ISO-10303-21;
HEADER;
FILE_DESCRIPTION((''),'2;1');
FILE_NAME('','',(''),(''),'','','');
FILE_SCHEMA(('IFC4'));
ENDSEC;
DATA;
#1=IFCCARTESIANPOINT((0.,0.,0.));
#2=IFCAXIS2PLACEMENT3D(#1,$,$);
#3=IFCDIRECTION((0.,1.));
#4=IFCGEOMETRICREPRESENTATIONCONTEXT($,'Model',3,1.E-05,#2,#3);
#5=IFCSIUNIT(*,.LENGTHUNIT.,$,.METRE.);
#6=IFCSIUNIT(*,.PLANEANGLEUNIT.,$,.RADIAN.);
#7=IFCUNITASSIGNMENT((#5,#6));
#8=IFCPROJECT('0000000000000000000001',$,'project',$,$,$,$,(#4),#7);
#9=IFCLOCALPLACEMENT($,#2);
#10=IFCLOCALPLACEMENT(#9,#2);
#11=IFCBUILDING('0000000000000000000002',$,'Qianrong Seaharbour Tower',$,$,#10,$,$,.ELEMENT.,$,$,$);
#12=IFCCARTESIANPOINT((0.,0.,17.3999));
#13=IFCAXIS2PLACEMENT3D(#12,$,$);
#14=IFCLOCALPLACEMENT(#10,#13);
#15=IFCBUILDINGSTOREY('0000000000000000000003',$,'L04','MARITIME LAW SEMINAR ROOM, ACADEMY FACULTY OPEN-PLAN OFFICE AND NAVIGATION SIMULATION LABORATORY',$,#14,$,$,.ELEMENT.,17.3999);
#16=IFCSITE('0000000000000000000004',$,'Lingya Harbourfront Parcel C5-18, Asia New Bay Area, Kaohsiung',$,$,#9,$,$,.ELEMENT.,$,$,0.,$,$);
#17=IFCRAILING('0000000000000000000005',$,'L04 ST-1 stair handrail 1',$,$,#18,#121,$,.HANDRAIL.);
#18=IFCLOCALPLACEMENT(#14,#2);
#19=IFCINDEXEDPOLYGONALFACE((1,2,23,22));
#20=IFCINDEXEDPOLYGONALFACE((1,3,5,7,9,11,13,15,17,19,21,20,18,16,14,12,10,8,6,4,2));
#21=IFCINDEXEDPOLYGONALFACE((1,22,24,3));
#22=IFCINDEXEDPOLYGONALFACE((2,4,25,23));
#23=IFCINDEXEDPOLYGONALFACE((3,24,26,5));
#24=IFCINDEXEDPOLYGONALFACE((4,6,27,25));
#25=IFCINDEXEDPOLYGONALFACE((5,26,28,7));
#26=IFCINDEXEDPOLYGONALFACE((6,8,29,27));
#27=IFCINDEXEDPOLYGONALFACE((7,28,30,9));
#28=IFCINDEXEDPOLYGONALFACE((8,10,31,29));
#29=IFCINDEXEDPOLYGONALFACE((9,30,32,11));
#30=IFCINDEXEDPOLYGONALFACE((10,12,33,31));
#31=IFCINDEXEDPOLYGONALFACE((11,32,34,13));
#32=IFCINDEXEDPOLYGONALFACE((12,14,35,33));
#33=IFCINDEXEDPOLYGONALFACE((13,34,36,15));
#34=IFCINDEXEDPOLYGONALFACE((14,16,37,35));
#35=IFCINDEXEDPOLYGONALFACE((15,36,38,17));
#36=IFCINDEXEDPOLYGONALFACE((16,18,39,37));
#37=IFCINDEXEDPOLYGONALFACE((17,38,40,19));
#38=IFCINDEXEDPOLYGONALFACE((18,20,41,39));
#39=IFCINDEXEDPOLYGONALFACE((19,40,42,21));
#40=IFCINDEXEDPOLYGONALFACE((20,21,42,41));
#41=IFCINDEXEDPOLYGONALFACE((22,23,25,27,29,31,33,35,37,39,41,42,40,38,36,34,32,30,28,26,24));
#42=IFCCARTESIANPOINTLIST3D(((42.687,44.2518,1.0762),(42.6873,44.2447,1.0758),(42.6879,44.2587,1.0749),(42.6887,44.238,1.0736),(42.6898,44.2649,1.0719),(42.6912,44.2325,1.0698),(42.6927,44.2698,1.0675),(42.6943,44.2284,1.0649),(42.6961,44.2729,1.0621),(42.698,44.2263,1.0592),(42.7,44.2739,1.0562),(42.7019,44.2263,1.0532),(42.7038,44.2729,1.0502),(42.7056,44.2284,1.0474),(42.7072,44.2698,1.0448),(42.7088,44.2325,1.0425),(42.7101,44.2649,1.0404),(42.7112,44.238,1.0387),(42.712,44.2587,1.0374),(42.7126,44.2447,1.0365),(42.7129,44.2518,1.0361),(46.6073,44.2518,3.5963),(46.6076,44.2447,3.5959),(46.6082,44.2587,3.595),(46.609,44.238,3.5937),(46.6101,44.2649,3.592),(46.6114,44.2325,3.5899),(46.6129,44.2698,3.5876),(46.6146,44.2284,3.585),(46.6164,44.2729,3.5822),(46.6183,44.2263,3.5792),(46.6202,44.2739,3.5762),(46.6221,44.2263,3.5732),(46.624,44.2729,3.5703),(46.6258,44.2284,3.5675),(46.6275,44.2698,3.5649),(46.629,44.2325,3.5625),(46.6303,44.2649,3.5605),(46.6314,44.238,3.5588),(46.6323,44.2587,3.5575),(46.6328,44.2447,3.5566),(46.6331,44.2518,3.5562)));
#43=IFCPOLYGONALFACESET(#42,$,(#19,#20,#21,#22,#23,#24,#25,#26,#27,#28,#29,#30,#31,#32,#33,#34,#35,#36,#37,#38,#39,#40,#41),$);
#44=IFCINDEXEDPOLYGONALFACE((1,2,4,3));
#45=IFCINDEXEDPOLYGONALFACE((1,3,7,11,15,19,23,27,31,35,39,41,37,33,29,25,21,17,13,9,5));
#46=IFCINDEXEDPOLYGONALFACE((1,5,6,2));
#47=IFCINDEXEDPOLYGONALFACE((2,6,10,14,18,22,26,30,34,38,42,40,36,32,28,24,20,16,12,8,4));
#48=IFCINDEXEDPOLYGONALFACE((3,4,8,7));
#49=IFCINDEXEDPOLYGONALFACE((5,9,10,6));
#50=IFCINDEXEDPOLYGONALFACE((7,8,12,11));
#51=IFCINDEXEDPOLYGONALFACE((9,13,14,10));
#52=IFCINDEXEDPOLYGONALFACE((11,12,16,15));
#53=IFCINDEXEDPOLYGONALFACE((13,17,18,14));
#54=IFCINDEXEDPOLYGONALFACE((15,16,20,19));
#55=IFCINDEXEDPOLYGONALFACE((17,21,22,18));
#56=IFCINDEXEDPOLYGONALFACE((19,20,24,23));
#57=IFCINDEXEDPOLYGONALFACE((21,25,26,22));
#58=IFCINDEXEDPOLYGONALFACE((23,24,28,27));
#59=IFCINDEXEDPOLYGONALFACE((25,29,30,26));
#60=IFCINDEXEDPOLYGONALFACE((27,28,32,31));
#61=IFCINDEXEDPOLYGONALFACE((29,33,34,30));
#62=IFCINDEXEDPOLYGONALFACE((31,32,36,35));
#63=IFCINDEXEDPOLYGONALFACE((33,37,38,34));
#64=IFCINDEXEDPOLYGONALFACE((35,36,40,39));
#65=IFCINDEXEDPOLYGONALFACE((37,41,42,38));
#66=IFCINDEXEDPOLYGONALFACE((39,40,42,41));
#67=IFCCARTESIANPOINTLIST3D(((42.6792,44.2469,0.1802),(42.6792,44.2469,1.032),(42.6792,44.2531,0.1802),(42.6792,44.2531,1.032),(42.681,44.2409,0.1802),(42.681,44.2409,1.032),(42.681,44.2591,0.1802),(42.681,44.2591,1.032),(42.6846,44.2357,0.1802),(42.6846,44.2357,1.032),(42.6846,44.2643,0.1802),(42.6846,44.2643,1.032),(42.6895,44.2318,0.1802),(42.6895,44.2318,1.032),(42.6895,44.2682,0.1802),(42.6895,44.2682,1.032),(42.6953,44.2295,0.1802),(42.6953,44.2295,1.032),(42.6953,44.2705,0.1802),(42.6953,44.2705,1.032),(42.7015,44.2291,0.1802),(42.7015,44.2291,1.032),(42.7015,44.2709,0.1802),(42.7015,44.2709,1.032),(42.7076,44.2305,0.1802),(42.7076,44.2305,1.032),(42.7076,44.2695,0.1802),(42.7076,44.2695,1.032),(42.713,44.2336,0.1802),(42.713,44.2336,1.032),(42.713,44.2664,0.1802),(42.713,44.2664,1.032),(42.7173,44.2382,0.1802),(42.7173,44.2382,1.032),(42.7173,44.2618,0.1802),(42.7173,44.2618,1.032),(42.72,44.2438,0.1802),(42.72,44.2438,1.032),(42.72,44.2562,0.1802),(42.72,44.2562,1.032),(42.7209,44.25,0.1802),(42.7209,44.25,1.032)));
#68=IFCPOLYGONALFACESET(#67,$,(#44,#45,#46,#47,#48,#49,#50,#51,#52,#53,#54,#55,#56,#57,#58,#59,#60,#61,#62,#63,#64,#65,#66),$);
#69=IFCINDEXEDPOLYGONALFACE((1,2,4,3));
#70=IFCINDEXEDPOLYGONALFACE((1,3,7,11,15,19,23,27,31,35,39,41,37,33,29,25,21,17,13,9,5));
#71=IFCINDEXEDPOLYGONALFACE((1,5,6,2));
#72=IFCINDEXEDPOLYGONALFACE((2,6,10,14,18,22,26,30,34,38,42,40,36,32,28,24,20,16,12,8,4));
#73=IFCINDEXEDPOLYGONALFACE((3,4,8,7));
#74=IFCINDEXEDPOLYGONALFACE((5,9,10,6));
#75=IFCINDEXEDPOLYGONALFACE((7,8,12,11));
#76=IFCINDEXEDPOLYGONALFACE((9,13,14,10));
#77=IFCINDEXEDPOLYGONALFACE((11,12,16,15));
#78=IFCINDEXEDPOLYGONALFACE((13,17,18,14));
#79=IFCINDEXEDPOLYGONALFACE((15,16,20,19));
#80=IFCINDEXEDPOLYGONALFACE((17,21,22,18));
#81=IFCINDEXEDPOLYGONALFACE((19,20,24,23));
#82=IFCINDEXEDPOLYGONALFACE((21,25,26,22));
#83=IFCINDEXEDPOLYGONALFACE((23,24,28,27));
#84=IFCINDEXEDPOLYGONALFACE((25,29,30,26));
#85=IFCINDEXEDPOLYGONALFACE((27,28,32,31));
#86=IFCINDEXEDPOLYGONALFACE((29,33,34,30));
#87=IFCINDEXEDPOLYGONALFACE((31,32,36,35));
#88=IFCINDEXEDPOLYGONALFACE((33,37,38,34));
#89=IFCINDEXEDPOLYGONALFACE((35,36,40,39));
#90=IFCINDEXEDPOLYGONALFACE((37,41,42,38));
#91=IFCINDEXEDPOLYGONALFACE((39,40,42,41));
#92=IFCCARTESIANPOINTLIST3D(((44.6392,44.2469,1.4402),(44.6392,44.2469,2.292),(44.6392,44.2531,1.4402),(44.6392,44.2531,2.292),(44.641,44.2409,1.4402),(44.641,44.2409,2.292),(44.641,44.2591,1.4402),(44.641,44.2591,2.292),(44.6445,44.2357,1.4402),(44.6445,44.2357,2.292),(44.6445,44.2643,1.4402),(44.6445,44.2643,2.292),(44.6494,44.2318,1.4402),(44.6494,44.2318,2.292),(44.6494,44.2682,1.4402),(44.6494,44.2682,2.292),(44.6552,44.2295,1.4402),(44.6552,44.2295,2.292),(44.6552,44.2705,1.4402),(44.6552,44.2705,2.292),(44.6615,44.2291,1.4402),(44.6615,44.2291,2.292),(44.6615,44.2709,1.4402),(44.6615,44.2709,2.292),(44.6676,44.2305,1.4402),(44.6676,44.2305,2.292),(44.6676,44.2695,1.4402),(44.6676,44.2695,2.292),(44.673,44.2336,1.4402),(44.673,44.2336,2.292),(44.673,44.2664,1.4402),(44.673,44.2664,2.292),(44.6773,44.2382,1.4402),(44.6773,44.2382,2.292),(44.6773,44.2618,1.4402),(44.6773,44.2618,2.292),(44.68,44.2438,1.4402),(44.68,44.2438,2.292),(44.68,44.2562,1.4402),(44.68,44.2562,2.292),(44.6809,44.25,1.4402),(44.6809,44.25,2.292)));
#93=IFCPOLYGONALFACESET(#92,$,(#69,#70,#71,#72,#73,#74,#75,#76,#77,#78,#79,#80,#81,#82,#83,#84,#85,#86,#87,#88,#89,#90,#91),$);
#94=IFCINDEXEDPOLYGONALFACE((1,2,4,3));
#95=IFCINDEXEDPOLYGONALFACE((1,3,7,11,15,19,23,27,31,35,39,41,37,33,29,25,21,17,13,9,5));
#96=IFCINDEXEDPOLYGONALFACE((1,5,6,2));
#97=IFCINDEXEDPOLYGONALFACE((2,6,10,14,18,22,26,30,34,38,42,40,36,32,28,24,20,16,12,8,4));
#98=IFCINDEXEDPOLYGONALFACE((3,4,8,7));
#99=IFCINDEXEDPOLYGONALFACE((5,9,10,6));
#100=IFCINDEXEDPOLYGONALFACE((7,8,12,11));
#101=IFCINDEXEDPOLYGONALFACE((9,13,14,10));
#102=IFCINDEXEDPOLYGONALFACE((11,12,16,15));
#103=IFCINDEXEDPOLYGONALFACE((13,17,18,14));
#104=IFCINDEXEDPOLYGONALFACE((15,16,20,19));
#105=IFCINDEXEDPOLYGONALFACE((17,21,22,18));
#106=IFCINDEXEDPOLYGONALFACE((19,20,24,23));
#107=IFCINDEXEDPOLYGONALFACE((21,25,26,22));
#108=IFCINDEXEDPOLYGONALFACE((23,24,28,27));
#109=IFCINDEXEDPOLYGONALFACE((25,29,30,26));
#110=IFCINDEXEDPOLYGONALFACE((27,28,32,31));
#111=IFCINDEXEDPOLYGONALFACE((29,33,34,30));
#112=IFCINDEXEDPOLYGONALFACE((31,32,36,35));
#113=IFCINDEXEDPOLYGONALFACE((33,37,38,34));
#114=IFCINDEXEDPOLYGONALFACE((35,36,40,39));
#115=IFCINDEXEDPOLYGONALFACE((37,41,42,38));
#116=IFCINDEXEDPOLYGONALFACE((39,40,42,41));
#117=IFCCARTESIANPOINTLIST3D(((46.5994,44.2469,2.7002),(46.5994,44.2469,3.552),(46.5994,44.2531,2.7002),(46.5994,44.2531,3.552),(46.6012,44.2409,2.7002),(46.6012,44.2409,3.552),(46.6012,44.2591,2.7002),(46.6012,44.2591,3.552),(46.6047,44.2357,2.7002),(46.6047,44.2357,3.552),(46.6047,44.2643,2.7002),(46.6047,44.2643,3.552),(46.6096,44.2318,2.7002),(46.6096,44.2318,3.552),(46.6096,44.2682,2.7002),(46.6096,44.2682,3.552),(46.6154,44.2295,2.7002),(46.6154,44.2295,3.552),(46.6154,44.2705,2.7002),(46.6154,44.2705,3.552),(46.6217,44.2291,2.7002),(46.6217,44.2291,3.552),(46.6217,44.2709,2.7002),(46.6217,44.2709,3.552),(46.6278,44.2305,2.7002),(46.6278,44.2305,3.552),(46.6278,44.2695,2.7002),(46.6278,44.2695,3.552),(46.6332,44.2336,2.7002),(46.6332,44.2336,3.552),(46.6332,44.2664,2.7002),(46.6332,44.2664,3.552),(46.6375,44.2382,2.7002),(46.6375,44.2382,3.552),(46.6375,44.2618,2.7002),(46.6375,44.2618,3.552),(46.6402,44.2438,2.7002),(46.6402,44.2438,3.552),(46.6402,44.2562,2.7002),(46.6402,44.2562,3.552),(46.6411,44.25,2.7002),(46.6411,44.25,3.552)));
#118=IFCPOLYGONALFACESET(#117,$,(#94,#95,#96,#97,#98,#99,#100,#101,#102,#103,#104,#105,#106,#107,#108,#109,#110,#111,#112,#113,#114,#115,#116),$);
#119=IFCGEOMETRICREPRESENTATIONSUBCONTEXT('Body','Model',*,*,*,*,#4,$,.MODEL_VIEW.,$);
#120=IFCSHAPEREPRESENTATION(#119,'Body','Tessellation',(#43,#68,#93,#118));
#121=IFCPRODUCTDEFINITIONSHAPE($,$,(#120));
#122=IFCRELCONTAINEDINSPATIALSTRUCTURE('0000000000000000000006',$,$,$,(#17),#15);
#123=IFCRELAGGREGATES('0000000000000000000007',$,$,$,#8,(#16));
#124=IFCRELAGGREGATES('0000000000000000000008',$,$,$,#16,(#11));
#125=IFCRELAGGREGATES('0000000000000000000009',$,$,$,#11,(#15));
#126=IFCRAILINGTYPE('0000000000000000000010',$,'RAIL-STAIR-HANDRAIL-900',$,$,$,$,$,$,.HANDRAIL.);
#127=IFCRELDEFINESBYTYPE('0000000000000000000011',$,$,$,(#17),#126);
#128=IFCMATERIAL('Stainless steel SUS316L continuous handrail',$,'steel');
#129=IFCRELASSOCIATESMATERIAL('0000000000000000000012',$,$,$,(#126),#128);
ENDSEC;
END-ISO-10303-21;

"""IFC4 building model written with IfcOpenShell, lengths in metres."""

from ifc_helpers import new_model, si_unit, direction, frame, origin, origin_2d, place, context, subcontext, project, spatial, circle, extrude, material, type_object, element, save


model = new_model("IFC4")

# Units and contexts
model_context = context("Model", 3, precision=1e-05, world=origin(), true_north=direction((0.0, 1.0)))
body_context = subcontext(model_context, "Body", "Model", "MODEL_VIEW")
ifc_project = project(units=[si_unit("LENGTHUNIT", "METRE"), si_unit("PLANEANGLEUNIT", "RADIAN")], contexts=[model_context])

# Site, building, storey
site_placement = place(None, origin())
site = spatial("IfcSite", under=ifc_project, at=site_placement, Name="Lingya Harbourfront Parcel C5-18, Asia New Bay Area, Kaohsiung", CompositionType="ELEMENT", RefElevation=0.0)
building_placement = place(site_placement, origin())
building = spatial("IfcBuilding", under=site, at=building_placement, Name="Qianrong Seaharbour Tower", CompositionType="ELEMENT")
storey_placement = place(building_placement, frame((0.0, 0.0, 17.3999)))
storey = spatial("IfcBuildingStorey", under=building, at=storey_placement, Name="L04", Description="MARITIME LAW SEMINAR ROOM, ACADEMY FACULTY OPEN-PLAN OFFICE AND NAVIGATION SIMULATION LABORATORY", CompositionType="ELEMENT", Elevation=17.3999)

# Railing
ifc_material_1 = material(Name="Stainless steel SUS316L continuous handrail", Category="steel")
railing_type = type_object("IfcRailingType", Name="RAIL-STAIR-HANDRAIL-900", PredefinedType="HANDRAIL", material=ifc_material_1)
railing_placement = place(storey_placement, frame((42.7, 44.25, 0.1802)))
element("IfcRailing", 1, at=railing_placement, inside=storey, type_object=railing_type, Name="L04 ST-1 stair handrail 1", PredefinedType="HANDRAIL", context=body_context, shape_type="SweptSolid", body=[
    extrude(circle(Radius=0.0239, at=origin_2d()), frame((0.0, 0.0, 0.876), z_axis=(0.841187, 0.0, 0.540744), x_axis=(0.0, 1.0, 0.0)), (0.0, 0.0, 1.0), 4.6604),
    extrude(circle(Radius=0.021, at=origin_2d()), origin(), (0.0, 0.0, 1.0), 0.8518),
    extrude(circle(Radius=0.021, at=origin_2d()), frame((1.96, 0.0, 1.26)), (0.0, 0.0, 1.0), 0.8518),
    extrude(circle(Radius=0.021, at=origin_2d()), frame((3.9202, 0.0, 2.52)), (0.0, 0.0, 1.0), 0.8518),
])

save(model, "model.ifc")
